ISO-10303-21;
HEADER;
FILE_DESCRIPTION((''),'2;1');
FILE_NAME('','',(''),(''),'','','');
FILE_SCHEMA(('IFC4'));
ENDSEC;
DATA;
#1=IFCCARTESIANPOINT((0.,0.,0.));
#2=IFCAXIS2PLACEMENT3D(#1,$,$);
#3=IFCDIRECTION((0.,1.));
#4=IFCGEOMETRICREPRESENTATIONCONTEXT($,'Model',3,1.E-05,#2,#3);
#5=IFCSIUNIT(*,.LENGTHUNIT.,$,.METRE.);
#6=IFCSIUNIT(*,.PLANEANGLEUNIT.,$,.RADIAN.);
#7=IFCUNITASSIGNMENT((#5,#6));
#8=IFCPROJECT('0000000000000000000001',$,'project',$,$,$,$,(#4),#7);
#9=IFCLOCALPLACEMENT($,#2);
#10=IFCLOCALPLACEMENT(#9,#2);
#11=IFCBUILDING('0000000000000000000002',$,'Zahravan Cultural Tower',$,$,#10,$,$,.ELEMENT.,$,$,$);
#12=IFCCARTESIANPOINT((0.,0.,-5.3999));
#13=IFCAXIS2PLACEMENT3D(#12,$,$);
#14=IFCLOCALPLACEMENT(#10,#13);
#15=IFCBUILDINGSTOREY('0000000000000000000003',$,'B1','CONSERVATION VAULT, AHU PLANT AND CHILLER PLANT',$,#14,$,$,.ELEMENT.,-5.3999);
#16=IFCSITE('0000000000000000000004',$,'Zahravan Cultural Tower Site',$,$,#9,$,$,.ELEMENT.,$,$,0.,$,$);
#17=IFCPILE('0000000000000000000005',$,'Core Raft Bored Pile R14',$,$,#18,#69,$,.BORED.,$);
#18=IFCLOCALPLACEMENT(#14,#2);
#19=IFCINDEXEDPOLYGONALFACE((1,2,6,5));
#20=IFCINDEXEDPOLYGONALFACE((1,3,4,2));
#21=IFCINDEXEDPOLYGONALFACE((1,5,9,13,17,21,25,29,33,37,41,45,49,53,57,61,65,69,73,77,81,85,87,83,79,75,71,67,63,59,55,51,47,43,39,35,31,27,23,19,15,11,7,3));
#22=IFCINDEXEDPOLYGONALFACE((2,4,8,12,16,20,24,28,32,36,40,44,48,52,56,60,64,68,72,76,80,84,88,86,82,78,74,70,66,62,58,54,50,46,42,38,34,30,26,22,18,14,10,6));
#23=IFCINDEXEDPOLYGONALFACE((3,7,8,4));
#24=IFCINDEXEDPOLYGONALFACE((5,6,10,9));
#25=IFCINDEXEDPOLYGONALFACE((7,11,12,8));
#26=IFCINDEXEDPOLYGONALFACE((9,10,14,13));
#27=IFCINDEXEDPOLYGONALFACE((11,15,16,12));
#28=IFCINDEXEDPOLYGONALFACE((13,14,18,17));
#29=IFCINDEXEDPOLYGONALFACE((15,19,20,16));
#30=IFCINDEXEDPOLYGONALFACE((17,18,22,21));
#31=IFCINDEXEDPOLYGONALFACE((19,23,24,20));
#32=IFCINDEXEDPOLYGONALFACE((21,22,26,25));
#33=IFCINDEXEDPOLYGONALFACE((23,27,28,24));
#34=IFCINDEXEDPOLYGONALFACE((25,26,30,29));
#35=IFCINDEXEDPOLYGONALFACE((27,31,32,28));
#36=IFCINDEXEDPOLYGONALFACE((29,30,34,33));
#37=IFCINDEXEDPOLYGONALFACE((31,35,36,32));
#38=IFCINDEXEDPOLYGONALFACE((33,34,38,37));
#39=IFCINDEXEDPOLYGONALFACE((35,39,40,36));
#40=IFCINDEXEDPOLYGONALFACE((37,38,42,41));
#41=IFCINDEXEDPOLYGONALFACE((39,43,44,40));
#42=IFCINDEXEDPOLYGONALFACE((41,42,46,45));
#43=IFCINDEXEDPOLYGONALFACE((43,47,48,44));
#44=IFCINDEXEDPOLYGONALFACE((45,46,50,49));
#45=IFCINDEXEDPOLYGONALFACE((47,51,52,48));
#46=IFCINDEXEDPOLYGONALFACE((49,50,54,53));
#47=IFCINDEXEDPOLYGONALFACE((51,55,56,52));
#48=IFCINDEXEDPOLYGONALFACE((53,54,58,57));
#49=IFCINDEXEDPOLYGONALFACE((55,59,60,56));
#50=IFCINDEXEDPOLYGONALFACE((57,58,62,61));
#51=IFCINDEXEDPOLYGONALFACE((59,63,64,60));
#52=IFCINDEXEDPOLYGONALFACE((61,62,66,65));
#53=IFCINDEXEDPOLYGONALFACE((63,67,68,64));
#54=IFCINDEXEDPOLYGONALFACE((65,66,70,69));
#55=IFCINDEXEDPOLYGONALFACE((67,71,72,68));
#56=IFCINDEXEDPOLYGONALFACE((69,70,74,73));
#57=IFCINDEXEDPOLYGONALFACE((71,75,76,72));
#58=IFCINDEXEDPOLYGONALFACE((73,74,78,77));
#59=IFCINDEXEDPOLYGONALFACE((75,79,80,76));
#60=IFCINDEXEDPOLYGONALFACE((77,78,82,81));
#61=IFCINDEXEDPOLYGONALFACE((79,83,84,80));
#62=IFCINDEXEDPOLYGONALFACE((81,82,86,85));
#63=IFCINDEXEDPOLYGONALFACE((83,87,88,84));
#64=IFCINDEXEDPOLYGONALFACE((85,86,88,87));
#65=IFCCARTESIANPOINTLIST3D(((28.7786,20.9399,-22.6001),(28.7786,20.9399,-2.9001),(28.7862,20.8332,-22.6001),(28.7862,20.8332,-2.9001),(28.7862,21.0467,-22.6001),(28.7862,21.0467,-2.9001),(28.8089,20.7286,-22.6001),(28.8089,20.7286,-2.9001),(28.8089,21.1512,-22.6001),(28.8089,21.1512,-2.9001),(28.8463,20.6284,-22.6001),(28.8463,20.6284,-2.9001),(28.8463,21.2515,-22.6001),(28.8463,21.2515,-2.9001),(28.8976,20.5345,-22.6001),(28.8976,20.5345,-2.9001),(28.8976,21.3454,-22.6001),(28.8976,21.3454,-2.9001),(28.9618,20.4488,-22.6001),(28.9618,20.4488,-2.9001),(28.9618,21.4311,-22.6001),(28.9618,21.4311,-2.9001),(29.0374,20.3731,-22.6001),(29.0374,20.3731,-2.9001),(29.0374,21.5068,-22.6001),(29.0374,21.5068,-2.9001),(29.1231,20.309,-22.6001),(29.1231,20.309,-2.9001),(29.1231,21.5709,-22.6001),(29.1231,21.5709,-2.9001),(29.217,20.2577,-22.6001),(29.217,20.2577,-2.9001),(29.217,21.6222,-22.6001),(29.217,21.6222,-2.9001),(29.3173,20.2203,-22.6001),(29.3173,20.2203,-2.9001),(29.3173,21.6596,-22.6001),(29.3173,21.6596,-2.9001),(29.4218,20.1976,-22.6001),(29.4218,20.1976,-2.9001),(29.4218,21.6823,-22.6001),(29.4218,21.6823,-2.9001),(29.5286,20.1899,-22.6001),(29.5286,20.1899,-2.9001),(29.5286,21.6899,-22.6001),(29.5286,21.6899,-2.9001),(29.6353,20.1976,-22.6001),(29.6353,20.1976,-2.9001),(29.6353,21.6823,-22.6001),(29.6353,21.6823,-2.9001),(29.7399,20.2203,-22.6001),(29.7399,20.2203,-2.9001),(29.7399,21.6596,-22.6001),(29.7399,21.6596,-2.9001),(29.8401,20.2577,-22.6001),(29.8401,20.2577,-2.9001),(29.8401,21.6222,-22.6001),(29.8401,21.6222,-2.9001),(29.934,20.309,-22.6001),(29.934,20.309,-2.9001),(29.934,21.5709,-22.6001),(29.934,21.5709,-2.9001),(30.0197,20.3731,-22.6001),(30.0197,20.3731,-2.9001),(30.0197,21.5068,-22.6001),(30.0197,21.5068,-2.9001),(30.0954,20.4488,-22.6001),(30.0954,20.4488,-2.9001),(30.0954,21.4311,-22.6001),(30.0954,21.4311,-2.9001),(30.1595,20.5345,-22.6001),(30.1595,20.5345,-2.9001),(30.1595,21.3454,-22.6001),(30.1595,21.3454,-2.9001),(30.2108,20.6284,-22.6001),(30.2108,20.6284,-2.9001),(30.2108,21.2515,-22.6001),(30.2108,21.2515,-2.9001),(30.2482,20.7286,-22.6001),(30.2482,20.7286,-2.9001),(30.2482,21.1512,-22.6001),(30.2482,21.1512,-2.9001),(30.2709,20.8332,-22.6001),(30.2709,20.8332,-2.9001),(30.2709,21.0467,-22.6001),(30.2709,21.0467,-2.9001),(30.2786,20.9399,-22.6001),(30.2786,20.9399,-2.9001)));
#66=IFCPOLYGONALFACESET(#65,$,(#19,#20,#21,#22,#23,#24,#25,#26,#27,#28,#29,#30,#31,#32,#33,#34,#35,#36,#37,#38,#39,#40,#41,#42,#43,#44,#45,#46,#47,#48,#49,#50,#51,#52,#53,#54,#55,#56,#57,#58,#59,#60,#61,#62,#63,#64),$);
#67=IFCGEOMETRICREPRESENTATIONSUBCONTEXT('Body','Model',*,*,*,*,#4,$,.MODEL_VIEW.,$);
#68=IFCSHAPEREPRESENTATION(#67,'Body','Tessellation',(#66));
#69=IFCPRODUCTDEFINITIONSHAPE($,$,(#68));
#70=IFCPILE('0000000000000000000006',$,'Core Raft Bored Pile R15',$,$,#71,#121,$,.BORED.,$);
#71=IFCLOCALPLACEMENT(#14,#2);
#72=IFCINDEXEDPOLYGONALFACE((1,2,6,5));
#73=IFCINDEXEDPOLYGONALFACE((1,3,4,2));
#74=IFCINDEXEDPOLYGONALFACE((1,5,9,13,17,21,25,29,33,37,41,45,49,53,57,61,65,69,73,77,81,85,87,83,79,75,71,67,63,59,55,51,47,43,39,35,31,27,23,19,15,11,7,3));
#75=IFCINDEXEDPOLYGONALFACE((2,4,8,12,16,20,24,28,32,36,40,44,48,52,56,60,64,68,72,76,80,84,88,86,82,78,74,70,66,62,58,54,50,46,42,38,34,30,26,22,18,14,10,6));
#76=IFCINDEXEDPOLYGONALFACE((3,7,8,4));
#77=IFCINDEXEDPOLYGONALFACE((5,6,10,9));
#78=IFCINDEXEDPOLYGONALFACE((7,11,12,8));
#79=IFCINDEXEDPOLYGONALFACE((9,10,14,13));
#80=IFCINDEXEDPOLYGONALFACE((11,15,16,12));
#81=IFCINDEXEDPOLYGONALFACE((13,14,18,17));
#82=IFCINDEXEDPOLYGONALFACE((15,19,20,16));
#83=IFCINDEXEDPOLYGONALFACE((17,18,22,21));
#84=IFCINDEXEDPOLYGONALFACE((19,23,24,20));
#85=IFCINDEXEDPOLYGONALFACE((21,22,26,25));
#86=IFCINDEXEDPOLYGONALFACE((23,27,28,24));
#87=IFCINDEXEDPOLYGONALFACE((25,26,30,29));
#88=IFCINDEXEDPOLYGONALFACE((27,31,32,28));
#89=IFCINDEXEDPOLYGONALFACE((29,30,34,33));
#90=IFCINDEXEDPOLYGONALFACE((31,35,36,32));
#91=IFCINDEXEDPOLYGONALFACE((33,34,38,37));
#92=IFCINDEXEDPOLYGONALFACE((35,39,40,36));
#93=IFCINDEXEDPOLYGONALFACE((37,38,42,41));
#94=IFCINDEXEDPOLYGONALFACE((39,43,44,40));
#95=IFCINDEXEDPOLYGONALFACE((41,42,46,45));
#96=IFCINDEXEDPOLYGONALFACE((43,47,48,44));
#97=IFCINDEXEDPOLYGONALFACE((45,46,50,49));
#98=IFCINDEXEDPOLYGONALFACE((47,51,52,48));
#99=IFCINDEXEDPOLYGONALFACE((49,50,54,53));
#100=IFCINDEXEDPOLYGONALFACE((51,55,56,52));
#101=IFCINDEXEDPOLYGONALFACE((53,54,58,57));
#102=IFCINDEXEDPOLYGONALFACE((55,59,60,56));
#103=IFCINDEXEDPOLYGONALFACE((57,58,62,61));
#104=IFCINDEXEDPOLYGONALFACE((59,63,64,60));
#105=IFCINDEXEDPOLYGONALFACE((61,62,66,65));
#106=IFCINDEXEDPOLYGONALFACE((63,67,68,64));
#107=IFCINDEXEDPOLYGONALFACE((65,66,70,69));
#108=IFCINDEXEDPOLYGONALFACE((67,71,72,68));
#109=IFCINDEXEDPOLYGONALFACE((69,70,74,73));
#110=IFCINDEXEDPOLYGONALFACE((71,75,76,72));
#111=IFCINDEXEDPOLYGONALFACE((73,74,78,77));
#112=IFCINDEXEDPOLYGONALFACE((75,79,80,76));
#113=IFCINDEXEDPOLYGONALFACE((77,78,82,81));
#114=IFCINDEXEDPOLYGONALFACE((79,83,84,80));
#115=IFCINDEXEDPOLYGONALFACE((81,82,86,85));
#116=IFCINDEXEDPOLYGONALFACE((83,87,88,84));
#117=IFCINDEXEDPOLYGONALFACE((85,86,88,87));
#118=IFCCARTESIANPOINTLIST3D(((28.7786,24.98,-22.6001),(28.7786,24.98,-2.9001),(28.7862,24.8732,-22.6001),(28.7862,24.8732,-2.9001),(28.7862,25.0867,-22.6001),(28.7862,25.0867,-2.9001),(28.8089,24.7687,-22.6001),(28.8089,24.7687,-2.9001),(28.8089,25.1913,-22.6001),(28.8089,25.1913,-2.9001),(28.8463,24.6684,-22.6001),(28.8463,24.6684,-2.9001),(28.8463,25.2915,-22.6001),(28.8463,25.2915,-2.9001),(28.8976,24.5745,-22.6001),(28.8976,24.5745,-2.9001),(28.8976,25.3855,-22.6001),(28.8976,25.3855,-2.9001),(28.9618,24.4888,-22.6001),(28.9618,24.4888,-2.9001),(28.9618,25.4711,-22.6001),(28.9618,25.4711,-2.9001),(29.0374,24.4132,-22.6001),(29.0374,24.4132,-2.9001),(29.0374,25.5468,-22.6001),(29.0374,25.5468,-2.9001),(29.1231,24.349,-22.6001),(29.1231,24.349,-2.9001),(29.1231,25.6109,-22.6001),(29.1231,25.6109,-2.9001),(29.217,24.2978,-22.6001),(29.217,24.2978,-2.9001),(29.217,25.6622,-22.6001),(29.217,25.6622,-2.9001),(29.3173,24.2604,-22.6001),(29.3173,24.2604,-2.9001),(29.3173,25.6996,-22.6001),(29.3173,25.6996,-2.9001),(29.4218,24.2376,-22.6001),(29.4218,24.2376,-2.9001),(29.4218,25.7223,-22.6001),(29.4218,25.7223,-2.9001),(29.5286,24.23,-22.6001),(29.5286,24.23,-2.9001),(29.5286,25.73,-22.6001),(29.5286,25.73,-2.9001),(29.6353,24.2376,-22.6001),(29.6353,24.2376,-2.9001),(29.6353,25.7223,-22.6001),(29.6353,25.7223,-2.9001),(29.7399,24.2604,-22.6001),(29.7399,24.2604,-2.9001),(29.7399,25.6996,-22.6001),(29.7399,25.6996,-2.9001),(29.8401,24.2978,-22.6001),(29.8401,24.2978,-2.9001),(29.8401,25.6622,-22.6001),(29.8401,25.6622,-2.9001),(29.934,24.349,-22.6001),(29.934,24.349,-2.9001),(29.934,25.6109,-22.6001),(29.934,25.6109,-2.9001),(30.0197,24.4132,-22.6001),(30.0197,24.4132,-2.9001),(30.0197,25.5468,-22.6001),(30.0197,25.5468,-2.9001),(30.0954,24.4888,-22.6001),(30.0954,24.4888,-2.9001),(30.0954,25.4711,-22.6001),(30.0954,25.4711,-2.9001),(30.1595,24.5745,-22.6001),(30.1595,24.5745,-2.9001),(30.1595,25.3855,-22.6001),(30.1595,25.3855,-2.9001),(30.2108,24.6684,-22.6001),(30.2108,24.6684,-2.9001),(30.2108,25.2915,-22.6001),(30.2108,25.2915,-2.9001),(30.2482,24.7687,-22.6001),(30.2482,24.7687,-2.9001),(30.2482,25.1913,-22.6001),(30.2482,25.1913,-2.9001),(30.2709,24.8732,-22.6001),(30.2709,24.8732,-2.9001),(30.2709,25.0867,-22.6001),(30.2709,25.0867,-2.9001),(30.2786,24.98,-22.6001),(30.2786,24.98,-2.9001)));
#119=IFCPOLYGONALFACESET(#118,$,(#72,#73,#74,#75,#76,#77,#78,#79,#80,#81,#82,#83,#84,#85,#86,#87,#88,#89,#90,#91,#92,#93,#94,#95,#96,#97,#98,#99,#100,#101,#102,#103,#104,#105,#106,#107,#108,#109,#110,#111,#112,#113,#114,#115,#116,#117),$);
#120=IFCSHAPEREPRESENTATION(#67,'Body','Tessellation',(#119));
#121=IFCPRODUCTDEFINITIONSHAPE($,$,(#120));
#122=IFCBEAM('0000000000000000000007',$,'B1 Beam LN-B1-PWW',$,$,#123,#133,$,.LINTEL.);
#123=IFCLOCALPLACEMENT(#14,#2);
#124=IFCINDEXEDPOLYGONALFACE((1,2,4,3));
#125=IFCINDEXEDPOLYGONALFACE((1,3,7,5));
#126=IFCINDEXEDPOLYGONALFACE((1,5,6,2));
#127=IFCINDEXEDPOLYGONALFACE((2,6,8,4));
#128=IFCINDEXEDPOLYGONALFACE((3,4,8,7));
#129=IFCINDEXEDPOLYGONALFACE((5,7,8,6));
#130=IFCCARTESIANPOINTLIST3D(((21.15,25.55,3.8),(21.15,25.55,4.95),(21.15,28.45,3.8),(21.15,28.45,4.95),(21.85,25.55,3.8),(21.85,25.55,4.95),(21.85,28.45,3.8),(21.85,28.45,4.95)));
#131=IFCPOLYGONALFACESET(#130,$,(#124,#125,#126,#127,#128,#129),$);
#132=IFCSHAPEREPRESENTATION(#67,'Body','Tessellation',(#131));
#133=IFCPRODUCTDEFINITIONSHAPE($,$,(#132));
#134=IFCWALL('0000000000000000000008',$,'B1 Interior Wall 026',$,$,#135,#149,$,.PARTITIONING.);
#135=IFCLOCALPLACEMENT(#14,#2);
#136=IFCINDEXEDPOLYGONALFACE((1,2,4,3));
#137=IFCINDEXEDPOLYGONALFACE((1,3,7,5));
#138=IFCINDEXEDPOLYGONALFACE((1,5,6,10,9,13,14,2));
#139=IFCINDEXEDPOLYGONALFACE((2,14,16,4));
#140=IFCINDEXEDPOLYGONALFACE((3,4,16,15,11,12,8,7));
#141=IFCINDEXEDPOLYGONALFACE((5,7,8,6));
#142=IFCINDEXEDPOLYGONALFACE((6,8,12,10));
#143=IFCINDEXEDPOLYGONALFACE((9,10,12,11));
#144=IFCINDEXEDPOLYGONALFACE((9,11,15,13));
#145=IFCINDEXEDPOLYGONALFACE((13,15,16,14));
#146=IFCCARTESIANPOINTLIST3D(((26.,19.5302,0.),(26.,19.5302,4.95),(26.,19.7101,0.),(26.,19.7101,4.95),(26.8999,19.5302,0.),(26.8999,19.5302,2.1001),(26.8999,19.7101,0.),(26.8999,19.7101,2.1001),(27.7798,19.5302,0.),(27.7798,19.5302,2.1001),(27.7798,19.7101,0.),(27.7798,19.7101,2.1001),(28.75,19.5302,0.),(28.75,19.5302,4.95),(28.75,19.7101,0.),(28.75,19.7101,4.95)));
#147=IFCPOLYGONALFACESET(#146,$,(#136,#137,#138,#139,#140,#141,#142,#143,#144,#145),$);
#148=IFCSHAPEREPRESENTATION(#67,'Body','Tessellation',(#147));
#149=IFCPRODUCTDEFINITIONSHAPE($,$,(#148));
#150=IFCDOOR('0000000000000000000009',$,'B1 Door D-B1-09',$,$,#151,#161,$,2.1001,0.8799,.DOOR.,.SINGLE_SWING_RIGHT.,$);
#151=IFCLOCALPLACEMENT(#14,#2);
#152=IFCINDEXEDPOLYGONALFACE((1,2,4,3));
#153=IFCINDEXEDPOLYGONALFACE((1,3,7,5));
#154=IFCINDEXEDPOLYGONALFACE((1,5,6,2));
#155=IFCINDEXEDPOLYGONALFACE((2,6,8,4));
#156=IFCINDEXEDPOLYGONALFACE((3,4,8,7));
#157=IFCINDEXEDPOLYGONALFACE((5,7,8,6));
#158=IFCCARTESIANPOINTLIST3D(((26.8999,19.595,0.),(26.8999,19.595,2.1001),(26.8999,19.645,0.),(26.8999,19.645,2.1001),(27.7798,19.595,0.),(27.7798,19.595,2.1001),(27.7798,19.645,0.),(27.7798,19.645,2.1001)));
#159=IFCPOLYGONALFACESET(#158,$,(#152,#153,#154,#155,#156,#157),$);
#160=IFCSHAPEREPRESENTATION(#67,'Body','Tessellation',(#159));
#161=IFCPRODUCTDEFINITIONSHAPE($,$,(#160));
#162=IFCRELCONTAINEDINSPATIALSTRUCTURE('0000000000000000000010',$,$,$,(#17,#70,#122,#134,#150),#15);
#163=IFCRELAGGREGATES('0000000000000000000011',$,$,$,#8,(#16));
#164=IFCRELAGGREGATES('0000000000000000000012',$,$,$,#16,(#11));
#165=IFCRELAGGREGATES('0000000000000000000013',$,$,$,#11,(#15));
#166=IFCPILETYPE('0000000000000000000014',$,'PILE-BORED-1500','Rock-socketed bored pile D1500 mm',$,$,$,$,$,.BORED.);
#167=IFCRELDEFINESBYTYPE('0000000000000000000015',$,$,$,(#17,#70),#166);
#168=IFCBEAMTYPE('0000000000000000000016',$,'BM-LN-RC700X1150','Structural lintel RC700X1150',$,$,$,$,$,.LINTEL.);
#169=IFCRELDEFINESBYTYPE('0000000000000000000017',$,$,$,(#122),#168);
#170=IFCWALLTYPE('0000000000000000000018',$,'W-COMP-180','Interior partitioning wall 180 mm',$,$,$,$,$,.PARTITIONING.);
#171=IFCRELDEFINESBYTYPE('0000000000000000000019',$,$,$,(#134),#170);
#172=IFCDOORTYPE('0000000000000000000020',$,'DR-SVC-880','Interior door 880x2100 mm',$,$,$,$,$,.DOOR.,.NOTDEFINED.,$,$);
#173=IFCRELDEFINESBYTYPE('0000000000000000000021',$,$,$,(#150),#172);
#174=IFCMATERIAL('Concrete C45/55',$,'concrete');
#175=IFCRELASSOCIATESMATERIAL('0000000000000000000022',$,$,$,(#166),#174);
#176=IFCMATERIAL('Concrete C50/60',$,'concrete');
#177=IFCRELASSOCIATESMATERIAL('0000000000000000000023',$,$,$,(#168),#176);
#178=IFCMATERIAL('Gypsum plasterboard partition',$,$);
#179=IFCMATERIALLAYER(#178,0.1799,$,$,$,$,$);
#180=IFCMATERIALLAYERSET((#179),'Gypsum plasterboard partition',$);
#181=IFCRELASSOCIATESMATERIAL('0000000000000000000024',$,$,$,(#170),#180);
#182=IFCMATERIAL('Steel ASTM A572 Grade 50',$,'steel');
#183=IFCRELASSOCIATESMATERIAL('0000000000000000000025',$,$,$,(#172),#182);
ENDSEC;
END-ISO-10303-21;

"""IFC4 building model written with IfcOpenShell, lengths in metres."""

from ifc_helpers import new_model, si_unit, direction, frame, frame_2d, origin, origin_2d, place, context, subcontext, project, spatial, rectangle, circle, extrude, source, transform, mapped, material, layer, layer_set, material_profile, profile_set, type_object, element, fill, save


model = new_model("IFC4")

# Units and contexts
model_context = context("Model", 3, precision=1e-05, world=origin(), true_north=direction((0.0, 1.0)))
body_context = subcontext(model_context, "Body", "Model", "MODEL_VIEW")
ifc_project = project(units=[si_unit("LENGTHUNIT", "METRE"), si_unit("PLANEANGLEUNIT", "RADIAN")], contexts=[model_context])

# Site, building, storey
site_placement = place(None, origin())
site = spatial("IfcSite", under=ifc_project, at=site_placement, Name="Zahravan Cultural Tower Site", CompositionType="ELEMENT", RefElevation=0.0)
building_placement = place(site_placement, origin())
building = spatial("IfcBuilding", under=site, at=building_placement, Name="Zahravan Cultural Tower", CompositionType="ELEMENT")
storey_placement = place(building_placement, frame((0.0, 0.0, -5.3999)))
storey = spatial("IfcBuildingStorey", under=building, at=storey_placement, Name="B1", Description="CONSERVATION VAULT, AHU PLANT AND CHILLER PLANT", CompositionType="ELEMENT", Elevation=-5.3999)

# Piles
ifc_material_1 = material(Name="Concrete C45/55", Category="concrete")
ifc_material_profile_1 = material_profile(ifc_material_1, circle(Radius=0.75, at=origin_2d()), Name="PILE-D1500")
ifc_profile_set_1 = profile_set([ifc_material_profile_1], Name="Concrete C45/55")
pile_type = type_object("IfcPileType", Name="PILE-BORED-1500", Description="Rock-socketed bored pile D1500 mm", PredefinedType="BORED", material=ifc_profile_set_1)
for number, where, z_axis, x_axis, name in (
    (1, (29.5286, 20.9399, -2.9001), (0.0, 0.0, -1.0), (1.0, 0.0, 0.0), "Core Raft Bored Pile R14"),
    (2, (29.5286, 24.98, -2.9001), (0.0, 0.0, -1.0), (1.0, 0.0, 0.0), "Core Raft Bored Pile R15"),
):
    element("IfcPile", number, at=place(storey_placement, frame(where, z_axis=z_axis, x_axis=x_axis)), inside=storey, type_object=pile_type, Name=name, PredefinedType="BORED", context=body_context, shape_type="SweptSolid", body=[
        extrude(circle(Radius=0.75, at=origin_2d()), origin(), (0.0, 0.0, 1.0), 19.7),
    ])

# Beam
ifc_material_2 = material(Name="Concrete C50/60", Category="concrete")
ifc_material_profile_2 = material_profile(ifc_material_2, rectangle(XDim=0.7, YDim=1.1499, at=origin_2d()), Name="RC700X1150")
ifc_profile_set_2 = profile_set([ifc_material_profile_2], Name="Concrete C50/60")
beam_type = type_object("IfcBeamType", Name="BM-LN-RC700X1150", Description="Structural lintel RC700X1150", PredefinedType="LINTEL", material=ifc_profile_set_2)
shared_shape_1 = source(origin(), body_context, "Body", "SweptSolid", [
    extrude(rectangle(XDim=0.7, YDim=1.1499, at=origin_2d()), origin(), (0.0, 0.0, 1.0), 2.8999),
])
beam_placement = place(storey_placement, frame((21.5, 25.55, 4.375), z_axis=(0.0, 1.0, 0.0), x_axis=(-1.0, 0.0, 0.0)))
element("IfcBeam", 3, at=beam_placement, inside=storey, type_object=beam_type, Name="B1 Beam LN-B1-PWW", PredefinedType="LINTEL", context=body_context, shape_type="MappedRepresentation", body=[
    mapped(shared_shape_1, transform((0.0, 0.0, 0.0), x_axis=(1.0, 0.0, 0.0), y_axis=(0.0, 1.0, 0.0), z_axis=(0.0, 0.0, 1.0), scale=1.0)),
])

# Wall, opening, door
ifc_material_3 = material(Name="Gypsum plasterboard partition")
ifc_layer_1 = layer(ifc_material_3, 0.1799)
ifc_layer_set_1 = layer_set([ifc_layer_1], Name="Gypsum plasterboard partition")
wall_type_1 = type_object("IfcWallType", Name="W-COMP-180", Description="Interior partitioning wall 180 mm", PredefinedType="PARTITIONING", material=ifc_layer_set_1)
wall_1_placement = place(storey_placement, frame((26.0, 19.6201, 0.0), z_axis=(0.0, 0.0, 1.0), x_axis=(1.0, 0.0, 0.0)))
wall_1 = element("IfcWall", 4, at=wall_1_placement, inside=storey, type_object=wall_type_1, Name="B1 Interior Wall 026", PredefinedType="PARTITIONING", context=body_context, shape_type="SweptSolid", body=[
    extrude(rectangle(XDim=2.75, YDim=0.1799, at=frame_2d((1.375, 0.0))), origin(), (0.0, 0.0, 1.0), 4.95),
])
opening_1_placement = place(wall_1_placement, frame((0.8999, 0.0, 0.0)))
opening_1 = element("IfcOpeningElement", 5, at=opening_1_placement, cuts=wall_1, PredefinedType="OPENING", context=body_context, shape_type="SweptSolid", body=[
    extrude(rectangle(XDim=0.8799, YDim=2.1001, at=frame_2d((0.4399, 1.05))), frame((0.0, 0.0999, 0.0), z_axis=(0.0, -1.0, 0.0), x_axis=(1.0, 0.0, 0.0)), (0.0, 0.0, 1.0), 0.2),
])
ifc_material_4 = material(Name="Steel ASTM A572 Grade 50", Category="steel")
door_type_1 = type_object("IfcDoorType", Name="DR-SVC-880", Description="Interior door 880x2100 mm", OperationType="NOTDEFINED", PredefinedType="DOOR", material=ifc_material_4)
shared_shape_2 = source(origin(), body_context, "Body", "SweptSolid", [
    extrude(rectangle(XDim=0.8799, YDim=2.1001, at=frame_2d((0.4399, 1.05))), frame((0.0, 0.0249, 0.0), z_axis=(0.0, -1.0, 0.0), x_axis=(1.0, 0.0, 0.0)), (0.0, 0.0, 1.0), 0.05),
])
door_1_placement = place(opening_1_placement, origin())
door_1 = element("IfcDoor", 6, at=door_1_placement, inside=storey, type_object=door_type_1, Name="B1 Door D-B1-09", OperationType="SINGLE_SWING_RIGHT", OverallHeight=2.1001, OverallWidth=0.8799, PredefinedType="DOOR", context=body_context, shape_type="MappedRepresentation", body=[
    mapped(shared_shape_2, transform((0.0, 0.0, 0.0), x_axis=(1.0, 0.0, 0.0), y_axis=(0.0, 1.0, 0.0), z_axis=(0.0, 0.0, 1.0), scale=1.0)),
])
fill(opening_1, door_1)

save(model, "model.ifc")
